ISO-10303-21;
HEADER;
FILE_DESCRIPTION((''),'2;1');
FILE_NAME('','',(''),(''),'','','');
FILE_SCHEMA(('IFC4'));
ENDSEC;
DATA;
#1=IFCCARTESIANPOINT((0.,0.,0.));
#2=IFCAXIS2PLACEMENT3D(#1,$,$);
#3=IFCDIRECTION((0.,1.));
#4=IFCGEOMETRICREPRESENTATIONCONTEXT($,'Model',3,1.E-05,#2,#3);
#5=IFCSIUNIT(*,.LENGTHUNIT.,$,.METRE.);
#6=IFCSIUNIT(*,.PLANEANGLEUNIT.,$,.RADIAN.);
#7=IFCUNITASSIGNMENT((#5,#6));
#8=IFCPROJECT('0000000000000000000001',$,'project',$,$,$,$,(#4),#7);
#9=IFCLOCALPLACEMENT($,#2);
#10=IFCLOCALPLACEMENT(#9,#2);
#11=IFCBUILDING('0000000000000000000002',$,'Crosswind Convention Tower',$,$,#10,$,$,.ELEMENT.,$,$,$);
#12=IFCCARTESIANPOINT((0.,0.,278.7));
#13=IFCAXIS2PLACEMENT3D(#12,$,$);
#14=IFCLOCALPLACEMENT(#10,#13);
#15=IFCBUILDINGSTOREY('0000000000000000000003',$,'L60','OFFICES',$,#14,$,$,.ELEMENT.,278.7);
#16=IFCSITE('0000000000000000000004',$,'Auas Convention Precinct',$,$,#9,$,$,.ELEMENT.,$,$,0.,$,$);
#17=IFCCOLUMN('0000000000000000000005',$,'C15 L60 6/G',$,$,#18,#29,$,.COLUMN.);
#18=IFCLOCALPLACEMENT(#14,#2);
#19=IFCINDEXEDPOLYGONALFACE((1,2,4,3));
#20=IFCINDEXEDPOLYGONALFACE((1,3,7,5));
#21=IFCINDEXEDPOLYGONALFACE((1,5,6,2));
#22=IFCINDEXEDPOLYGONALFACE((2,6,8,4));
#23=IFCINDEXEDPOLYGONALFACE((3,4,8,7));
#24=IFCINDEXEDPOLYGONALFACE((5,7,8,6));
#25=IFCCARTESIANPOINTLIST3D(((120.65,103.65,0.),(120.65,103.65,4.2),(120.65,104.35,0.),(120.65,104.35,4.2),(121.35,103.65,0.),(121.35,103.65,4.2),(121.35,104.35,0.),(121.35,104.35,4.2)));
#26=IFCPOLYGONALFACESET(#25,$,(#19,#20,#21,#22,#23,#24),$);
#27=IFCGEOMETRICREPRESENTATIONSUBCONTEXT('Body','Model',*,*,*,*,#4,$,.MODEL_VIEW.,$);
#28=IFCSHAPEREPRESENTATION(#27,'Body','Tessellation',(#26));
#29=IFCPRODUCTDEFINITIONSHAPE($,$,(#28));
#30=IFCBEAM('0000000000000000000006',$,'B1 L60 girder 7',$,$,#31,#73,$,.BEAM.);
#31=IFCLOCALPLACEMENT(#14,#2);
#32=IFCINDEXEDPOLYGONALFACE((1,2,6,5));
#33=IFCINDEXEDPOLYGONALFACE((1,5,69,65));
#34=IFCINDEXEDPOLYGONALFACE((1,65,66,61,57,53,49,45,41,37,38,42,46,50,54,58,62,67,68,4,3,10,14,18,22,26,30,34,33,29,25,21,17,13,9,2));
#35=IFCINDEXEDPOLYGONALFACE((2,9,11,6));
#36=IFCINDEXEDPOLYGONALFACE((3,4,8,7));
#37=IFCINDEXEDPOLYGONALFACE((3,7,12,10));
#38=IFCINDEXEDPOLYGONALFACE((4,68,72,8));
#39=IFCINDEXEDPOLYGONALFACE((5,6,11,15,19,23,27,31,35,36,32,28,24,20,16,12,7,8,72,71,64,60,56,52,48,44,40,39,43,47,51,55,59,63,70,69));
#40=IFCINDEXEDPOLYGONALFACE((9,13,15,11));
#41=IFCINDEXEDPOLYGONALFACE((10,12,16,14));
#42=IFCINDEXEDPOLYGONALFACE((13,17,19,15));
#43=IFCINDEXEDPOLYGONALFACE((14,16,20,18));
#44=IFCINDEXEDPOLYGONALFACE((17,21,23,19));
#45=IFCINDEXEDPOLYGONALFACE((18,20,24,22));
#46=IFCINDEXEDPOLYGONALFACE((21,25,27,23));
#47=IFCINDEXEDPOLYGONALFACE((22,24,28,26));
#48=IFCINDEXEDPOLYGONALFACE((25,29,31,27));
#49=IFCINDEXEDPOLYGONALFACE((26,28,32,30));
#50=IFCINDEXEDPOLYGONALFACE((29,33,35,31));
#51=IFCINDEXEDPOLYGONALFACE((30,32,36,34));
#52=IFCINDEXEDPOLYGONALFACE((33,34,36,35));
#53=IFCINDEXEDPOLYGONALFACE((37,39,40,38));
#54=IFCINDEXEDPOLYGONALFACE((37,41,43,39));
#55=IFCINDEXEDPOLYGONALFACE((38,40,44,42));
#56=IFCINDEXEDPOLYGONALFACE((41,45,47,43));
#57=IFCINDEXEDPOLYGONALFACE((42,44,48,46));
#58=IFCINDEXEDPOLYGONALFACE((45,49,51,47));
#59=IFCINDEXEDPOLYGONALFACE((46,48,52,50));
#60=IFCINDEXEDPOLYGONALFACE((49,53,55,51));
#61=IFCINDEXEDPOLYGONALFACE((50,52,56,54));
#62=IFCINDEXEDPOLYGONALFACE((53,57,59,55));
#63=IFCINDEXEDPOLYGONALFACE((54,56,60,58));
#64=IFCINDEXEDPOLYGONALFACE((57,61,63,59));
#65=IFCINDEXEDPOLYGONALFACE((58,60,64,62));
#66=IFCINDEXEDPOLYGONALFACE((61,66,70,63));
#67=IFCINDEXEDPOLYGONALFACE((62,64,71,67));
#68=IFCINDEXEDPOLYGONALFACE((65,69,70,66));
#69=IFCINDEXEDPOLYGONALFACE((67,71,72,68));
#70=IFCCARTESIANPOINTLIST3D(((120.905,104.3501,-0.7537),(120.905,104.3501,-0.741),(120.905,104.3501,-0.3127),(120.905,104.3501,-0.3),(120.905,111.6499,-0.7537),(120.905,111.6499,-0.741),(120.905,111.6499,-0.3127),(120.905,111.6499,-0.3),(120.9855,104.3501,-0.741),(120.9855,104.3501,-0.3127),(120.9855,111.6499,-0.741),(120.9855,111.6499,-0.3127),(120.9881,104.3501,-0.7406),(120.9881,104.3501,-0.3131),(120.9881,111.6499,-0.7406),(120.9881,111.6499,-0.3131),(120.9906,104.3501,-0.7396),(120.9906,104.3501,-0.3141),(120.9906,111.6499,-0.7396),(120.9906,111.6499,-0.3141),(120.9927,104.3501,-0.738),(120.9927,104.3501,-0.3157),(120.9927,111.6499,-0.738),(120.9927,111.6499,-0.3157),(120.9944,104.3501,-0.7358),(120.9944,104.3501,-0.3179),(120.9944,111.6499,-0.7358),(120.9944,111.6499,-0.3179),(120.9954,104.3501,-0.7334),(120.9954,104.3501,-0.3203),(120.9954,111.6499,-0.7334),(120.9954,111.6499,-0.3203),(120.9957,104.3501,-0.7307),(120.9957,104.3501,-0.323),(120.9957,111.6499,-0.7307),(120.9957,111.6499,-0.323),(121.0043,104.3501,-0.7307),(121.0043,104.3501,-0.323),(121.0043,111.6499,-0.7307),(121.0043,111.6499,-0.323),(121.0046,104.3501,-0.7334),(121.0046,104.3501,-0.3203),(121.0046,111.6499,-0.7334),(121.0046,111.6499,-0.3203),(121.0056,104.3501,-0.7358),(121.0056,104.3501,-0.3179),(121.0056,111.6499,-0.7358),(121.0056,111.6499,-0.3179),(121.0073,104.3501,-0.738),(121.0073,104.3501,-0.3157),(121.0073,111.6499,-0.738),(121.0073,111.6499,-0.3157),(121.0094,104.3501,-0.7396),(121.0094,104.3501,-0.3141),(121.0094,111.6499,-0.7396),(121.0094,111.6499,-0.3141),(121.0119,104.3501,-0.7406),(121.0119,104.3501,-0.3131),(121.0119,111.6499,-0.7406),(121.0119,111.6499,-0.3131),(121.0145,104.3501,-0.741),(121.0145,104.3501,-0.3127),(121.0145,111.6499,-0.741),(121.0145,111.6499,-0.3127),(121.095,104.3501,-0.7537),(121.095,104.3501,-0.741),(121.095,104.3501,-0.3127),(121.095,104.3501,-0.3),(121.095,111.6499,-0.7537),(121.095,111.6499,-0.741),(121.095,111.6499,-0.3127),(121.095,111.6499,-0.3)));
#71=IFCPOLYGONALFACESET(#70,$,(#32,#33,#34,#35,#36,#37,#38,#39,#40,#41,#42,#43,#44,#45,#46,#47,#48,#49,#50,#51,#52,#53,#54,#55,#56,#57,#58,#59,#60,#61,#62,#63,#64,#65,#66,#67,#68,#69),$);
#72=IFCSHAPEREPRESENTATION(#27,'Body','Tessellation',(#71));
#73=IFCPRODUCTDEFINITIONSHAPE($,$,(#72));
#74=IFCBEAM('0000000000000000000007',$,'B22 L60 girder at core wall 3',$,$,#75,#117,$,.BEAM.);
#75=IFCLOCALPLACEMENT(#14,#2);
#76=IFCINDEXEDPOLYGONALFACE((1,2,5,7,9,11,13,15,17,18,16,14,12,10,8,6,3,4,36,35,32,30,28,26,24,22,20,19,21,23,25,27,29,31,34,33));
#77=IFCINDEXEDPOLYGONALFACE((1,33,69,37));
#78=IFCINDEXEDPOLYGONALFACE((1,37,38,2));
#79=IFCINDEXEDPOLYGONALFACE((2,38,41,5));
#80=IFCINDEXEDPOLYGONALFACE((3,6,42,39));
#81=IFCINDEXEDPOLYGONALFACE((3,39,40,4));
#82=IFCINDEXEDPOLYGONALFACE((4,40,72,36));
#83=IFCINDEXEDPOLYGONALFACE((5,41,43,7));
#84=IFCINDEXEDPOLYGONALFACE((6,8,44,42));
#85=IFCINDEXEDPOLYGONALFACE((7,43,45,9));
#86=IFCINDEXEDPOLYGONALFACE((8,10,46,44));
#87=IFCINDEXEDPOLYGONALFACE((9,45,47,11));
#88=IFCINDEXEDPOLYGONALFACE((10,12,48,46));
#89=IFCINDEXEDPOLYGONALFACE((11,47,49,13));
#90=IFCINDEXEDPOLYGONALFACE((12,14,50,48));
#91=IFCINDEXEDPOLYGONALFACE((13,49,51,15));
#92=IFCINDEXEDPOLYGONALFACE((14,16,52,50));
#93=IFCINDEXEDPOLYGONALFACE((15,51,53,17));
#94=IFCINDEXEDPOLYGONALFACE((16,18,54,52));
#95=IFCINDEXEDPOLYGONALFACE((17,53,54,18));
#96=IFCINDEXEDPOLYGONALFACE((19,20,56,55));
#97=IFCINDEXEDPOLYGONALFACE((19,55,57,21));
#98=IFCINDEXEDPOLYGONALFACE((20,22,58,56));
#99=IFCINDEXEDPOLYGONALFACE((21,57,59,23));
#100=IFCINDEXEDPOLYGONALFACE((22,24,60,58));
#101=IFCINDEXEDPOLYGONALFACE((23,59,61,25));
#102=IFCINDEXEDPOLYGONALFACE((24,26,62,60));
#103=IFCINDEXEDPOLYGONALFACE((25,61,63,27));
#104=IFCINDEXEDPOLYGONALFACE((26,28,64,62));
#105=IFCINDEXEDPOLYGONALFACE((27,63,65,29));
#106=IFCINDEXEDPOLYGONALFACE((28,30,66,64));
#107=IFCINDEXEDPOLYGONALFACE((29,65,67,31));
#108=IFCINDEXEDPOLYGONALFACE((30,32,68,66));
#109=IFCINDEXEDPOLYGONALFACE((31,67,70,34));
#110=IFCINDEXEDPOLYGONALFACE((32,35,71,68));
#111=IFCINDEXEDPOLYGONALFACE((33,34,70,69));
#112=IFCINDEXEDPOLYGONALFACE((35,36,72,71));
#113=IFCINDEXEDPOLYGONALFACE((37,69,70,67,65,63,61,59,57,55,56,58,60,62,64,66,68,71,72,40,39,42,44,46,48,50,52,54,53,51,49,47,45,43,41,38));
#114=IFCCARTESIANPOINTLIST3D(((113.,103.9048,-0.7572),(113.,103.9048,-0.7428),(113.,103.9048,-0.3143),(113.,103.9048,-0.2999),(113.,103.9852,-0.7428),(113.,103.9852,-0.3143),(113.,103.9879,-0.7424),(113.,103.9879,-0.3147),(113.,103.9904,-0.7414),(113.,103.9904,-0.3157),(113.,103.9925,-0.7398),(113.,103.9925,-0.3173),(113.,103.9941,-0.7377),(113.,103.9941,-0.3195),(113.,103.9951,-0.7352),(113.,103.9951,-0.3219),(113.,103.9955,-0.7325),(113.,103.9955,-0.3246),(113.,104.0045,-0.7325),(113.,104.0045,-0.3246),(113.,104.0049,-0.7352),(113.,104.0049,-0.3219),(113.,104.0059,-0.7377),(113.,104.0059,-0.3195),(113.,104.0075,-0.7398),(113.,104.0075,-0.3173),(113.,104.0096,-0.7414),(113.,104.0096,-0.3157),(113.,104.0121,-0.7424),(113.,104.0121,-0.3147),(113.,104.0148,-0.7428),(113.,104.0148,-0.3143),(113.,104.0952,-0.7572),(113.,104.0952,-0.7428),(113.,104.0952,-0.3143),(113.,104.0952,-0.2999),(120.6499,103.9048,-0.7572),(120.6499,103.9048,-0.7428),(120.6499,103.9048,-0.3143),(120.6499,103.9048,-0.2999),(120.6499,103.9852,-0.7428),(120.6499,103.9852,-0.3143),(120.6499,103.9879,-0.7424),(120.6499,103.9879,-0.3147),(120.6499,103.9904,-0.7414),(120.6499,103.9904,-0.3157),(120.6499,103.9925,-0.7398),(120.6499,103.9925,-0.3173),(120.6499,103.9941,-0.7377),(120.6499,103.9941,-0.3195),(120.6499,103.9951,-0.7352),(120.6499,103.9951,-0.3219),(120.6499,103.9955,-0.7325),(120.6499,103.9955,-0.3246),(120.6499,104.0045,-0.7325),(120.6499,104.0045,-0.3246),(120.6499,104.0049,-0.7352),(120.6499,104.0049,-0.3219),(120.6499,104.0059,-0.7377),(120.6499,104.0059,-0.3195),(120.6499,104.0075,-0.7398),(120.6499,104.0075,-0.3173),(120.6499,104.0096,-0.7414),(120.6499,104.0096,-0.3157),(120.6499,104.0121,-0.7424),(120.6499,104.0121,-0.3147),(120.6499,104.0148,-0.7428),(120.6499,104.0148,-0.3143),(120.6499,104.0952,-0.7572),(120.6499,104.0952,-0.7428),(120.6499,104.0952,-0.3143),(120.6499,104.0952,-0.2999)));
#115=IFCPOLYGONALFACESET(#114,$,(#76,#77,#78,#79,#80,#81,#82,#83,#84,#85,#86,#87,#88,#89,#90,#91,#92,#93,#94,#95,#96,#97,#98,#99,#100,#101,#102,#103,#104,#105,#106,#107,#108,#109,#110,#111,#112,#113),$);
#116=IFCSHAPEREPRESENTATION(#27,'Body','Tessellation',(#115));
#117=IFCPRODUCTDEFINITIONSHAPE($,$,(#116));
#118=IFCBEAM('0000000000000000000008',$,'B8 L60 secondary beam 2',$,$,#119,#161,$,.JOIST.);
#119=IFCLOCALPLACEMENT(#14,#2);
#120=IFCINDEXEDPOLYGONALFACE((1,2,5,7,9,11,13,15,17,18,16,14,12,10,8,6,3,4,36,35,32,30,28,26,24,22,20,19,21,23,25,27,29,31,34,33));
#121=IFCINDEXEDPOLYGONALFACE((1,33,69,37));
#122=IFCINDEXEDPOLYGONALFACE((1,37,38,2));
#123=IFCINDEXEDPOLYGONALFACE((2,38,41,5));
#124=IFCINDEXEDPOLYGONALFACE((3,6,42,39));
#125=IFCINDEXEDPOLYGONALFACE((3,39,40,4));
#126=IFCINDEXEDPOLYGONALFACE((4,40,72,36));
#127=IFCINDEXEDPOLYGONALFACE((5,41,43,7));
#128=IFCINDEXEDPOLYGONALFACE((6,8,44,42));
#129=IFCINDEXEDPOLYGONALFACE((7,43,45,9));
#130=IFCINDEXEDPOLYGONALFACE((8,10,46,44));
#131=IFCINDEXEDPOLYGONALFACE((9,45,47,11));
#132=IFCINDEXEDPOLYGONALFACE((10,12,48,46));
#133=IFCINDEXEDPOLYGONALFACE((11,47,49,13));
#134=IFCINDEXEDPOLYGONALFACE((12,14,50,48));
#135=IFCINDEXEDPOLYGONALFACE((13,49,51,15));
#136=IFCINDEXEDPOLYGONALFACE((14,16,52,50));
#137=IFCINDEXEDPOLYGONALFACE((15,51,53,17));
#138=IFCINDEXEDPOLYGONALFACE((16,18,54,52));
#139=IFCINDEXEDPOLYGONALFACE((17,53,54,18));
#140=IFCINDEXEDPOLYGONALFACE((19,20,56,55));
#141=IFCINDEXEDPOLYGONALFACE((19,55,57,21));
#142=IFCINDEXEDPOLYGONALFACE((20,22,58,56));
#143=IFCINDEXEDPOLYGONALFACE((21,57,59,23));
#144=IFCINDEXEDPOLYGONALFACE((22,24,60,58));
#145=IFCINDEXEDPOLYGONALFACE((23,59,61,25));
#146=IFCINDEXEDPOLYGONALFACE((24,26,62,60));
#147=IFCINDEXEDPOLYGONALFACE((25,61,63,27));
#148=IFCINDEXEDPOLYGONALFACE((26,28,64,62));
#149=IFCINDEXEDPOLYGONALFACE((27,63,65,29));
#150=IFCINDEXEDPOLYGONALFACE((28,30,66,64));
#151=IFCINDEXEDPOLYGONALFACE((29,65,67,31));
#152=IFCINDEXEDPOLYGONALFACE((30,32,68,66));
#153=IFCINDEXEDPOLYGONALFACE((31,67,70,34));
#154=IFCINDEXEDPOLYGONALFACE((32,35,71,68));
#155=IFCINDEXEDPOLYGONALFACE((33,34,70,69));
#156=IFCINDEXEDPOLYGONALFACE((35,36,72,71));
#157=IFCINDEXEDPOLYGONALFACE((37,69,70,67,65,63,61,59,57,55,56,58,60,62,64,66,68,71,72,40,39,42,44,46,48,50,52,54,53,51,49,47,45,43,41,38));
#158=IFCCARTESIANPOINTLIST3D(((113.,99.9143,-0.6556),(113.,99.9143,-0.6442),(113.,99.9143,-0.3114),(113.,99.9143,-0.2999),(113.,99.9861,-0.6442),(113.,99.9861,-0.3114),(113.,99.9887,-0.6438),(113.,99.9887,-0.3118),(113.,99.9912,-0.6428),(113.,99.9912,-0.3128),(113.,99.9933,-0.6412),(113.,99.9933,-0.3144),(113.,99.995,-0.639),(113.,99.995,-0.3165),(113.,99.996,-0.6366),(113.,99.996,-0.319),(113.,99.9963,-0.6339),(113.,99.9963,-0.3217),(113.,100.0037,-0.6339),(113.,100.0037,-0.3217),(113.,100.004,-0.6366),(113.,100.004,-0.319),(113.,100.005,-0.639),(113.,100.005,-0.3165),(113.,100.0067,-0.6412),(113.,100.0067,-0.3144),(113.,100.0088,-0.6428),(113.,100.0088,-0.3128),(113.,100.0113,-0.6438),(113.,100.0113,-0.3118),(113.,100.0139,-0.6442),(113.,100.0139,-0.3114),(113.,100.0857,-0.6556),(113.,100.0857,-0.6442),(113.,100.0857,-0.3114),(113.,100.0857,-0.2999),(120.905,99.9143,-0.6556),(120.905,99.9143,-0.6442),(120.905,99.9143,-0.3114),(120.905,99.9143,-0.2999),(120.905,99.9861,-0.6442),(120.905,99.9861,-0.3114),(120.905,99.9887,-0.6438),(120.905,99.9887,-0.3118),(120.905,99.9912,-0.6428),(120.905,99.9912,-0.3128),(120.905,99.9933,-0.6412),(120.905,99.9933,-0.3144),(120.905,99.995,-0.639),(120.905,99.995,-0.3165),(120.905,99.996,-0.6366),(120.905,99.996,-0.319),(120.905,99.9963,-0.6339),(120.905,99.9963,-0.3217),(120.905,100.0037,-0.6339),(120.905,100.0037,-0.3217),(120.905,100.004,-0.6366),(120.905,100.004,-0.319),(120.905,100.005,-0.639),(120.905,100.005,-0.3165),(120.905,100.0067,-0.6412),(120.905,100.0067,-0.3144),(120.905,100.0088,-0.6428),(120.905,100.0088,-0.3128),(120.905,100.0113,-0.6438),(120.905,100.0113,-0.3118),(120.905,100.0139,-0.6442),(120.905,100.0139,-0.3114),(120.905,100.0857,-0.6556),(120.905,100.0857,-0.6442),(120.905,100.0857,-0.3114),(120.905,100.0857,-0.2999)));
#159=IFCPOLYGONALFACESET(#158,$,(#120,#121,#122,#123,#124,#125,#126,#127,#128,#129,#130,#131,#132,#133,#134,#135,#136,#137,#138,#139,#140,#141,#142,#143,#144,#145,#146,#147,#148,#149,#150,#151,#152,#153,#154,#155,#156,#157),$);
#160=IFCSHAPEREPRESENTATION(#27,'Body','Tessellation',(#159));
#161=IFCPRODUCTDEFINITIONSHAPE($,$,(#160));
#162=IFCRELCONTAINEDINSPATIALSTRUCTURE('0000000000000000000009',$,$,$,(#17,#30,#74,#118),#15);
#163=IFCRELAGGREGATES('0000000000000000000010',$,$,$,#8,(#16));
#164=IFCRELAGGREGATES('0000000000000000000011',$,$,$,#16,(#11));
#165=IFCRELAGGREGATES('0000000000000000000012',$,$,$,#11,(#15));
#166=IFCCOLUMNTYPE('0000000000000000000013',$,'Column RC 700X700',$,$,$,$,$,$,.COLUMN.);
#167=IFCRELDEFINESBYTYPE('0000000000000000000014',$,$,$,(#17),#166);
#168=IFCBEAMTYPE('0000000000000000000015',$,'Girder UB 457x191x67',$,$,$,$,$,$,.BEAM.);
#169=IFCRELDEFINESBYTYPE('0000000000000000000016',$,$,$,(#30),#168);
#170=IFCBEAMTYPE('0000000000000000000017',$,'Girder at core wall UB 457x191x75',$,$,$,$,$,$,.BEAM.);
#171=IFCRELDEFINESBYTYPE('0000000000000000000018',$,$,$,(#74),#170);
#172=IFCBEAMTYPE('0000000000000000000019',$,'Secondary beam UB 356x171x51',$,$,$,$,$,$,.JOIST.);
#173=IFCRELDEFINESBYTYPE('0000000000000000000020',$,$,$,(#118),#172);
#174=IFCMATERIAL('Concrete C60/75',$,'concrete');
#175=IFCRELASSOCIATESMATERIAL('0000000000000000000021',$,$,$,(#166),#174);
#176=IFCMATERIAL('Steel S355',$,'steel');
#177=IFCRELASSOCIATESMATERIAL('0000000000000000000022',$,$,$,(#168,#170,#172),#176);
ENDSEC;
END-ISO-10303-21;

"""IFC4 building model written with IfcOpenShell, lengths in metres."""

from ifc_helpers import new_model, si_unit, direction, frame, origin, origin_2d, place, context, subcontext, project, spatial, rectangle, i_section, extrude, material, material_profile, profile_set, type_object, element, save


model = new_model("IFC4")

# Units and contexts
model_context = context("Model", 3, precision=1e-05, world=origin(), true_north=direction((0.0, 1.0)))
body_context = subcontext(model_context, "Body", "Model", "MODEL_VIEW")
ifc_project = project(units=[si_unit("LENGTHUNIT", "METRE"), si_unit("PLANEANGLEUNIT", "RADIAN")], contexts=[model_context])

# Site, building, storey
site_placement = place(None, origin())
site = spatial("IfcSite", under=ifc_project, at=site_placement, Name="Auas Convention Precinct", CompositionType="ELEMENT", RefElevation=0.0)
building_placement = place(site_placement, origin())
building = spatial("IfcBuilding", under=site, at=building_placement, Name="Crosswind Convention Tower", CompositionType="ELEMENT")
storey_placement = place(building_placement, frame((0.0, 0.0, 278.7)))
storey = spatial("IfcBuildingStorey", under=building, at=storey_placement, Name="L60", Description="OFFICES", CompositionType="ELEMENT", Elevation=278.7)

# Column
ifc_material_1 = material(Name="Concrete C60/75", Category="concrete")
ifc_material_profile_1 = material_profile(ifc_material_1, rectangle(XDim=0.7, YDim=0.7, at=origin_2d()), Name="RC 700X700")
ifc_profile_set_1 = profile_set([ifc_material_profile_1], Name="Concrete C60/75")
column_type = type_object("IfcColumnType", Name="Column RC 700X700", PredefinedType="COLUMN", material=ifc_profile_set_1)
column_placement = place(storey_placement, frame((121.0, 104.0, 0.0), z_axis=(0.0, 0.0, 1.0), x_axis=(1.0, 0.0, 0.0)))
element("IfcColumn", 1, at=column_placement, inside=storey, type_object=column_type, Name="C15 L60 6/G", PredefinedType="COLUMN", context=body_context, shape_type="SweptSolid", body=[
    extrude(rectangle(XDim=0.7, YDim=0.7, at=origin_2d()), origin(), (0.0, 0.0, 1.0), 4.2),
])

# Beams
ifc_material_2 = material(Name="Steel S355", Category="steel")
ifc_material_profile_2 = material_profile(ifc_material_2, i_section(OverallWidth=0.1899, OverallDepth=0.4536, WebThickness=0.0085, FlangeThickness=0.0127, FilletRadius=0.0103, at=origin_2d()), Name="UB 457x191x67")
ifc_profile_set_2 = profile_set([ifc_material_profile_2], Name="Steel S355")
beam_type_1 = type_object("IfcBeamType", Name="Girder UB 457x191x67", PredefinedType="BEAM", material=ifc_profile_set_2)
beam_1_placement = place(storey_placement, frame((121.0, 104.3501, -0.5269), z_axis=(0.0, 1.0, 0.0), x_axis=(-1.0, 0.0, 0.0)))
element("IfcBeam", 2, at=beam_1_placement, inside=storey, type_object=beam_type_1, Name="B1 L60 girder 7", PredefinedType="BEAM", context=body_context, shape_type="SweptSolid", body=[
    extrude(i_section(OverallWidth=0.1899, OverallDepth=0.4536, WebThickness=0.0085, FlangeThickness=0.0127, FilletRadius=0.0103, at=origin_2d()), origin(), (0.0, 0.0, 1.0), 7.2998),
])
ifc_material_profile_3 = material_profile(ifc_material_2, i_section(OverallWidth=0.1904, OverallDepth=0.4573, WebThickness=0.009, FlangeThickness=0.0144, FilletRadius=0.0103, at=origin_2d()), Name="UB 457x191x75")
ifc_profile_set_3 = profile_set([ifc_material_profile_3], Name="Steel S355")
beam_type_2 = type_object("IfcBeamType", Name="Girder at core wall UB 457x191x75", PredefinedType="BEAM", material=ifc_profile_set_3)
beam_2_placement = place(storey_placement, frame((113.0, 104.0, -0.5286), z_axis=(1.0, 0.0, 0.0), x_axis=(0.0, 1.0, 0.0)))
element("IfcBeam", 3, at=beam_2_placement, inside=storey, type_object=beam_type_2, Name="B22 L60 girder at core wall 3", PredefinedType="BEAM", context=body_context, shape_type="SweptSolid", body=[
    extrude(i_section(OverallWidth=0.1904, OverallDepth=0.4573, WebThickness=0.009, FlangeThickness=0.0144, FilletRadius=0.0103, at=origin_2d()), origin(), (0.0, 0.0, 1.0), 7.6499),
])
ifc_material_profile_4 = material_profile(ifc_material_2, i_section(OverallWidth=0.1714, OverallDepth=0.3557, WebThickness=0.0073, FlangeThickness=0.0115, FilletRadius=0.0103, at=origin_2d()), Name="UB 356x171x51")
ifc_profile_set_4 = profile_set([ifc_material_profile_4], Name="Steel S355")
beam_type_3 = type_object("IfcBeamType", Name="Secondary beam UB 356x171x51", PredefinedType="JOIST", material=ifc_profile_set_4)
for number, where, z_axis, x_axis, name in (
    (4, (113.0, 100.0, -0.4778), (1.0, 0.0, 0.0), (0.0, 1.0, 0.0), "B8 L60 secondary beam 2"),
):
    element("IfcBeam", number, at=place(storey_placement, frame(where, z_axis=z_axis, x_axis=x_axis)), inside=storey, type_object=beam_type_3, Name=name, PredefinedType="JOIST", context=body_context, shape_type="SweptSolid", body=[
        extrude(i_section(OverallWidth=0.1714, OverallDepth=0.3557, WebThickness=0.0073, FlangeThickness=0.0115, FilletRadius=0.0103, at=origin_2d()), origin(), (0.0, 0.0, 1.0), 7.905),
    ])

save(model, "model.ifc")
